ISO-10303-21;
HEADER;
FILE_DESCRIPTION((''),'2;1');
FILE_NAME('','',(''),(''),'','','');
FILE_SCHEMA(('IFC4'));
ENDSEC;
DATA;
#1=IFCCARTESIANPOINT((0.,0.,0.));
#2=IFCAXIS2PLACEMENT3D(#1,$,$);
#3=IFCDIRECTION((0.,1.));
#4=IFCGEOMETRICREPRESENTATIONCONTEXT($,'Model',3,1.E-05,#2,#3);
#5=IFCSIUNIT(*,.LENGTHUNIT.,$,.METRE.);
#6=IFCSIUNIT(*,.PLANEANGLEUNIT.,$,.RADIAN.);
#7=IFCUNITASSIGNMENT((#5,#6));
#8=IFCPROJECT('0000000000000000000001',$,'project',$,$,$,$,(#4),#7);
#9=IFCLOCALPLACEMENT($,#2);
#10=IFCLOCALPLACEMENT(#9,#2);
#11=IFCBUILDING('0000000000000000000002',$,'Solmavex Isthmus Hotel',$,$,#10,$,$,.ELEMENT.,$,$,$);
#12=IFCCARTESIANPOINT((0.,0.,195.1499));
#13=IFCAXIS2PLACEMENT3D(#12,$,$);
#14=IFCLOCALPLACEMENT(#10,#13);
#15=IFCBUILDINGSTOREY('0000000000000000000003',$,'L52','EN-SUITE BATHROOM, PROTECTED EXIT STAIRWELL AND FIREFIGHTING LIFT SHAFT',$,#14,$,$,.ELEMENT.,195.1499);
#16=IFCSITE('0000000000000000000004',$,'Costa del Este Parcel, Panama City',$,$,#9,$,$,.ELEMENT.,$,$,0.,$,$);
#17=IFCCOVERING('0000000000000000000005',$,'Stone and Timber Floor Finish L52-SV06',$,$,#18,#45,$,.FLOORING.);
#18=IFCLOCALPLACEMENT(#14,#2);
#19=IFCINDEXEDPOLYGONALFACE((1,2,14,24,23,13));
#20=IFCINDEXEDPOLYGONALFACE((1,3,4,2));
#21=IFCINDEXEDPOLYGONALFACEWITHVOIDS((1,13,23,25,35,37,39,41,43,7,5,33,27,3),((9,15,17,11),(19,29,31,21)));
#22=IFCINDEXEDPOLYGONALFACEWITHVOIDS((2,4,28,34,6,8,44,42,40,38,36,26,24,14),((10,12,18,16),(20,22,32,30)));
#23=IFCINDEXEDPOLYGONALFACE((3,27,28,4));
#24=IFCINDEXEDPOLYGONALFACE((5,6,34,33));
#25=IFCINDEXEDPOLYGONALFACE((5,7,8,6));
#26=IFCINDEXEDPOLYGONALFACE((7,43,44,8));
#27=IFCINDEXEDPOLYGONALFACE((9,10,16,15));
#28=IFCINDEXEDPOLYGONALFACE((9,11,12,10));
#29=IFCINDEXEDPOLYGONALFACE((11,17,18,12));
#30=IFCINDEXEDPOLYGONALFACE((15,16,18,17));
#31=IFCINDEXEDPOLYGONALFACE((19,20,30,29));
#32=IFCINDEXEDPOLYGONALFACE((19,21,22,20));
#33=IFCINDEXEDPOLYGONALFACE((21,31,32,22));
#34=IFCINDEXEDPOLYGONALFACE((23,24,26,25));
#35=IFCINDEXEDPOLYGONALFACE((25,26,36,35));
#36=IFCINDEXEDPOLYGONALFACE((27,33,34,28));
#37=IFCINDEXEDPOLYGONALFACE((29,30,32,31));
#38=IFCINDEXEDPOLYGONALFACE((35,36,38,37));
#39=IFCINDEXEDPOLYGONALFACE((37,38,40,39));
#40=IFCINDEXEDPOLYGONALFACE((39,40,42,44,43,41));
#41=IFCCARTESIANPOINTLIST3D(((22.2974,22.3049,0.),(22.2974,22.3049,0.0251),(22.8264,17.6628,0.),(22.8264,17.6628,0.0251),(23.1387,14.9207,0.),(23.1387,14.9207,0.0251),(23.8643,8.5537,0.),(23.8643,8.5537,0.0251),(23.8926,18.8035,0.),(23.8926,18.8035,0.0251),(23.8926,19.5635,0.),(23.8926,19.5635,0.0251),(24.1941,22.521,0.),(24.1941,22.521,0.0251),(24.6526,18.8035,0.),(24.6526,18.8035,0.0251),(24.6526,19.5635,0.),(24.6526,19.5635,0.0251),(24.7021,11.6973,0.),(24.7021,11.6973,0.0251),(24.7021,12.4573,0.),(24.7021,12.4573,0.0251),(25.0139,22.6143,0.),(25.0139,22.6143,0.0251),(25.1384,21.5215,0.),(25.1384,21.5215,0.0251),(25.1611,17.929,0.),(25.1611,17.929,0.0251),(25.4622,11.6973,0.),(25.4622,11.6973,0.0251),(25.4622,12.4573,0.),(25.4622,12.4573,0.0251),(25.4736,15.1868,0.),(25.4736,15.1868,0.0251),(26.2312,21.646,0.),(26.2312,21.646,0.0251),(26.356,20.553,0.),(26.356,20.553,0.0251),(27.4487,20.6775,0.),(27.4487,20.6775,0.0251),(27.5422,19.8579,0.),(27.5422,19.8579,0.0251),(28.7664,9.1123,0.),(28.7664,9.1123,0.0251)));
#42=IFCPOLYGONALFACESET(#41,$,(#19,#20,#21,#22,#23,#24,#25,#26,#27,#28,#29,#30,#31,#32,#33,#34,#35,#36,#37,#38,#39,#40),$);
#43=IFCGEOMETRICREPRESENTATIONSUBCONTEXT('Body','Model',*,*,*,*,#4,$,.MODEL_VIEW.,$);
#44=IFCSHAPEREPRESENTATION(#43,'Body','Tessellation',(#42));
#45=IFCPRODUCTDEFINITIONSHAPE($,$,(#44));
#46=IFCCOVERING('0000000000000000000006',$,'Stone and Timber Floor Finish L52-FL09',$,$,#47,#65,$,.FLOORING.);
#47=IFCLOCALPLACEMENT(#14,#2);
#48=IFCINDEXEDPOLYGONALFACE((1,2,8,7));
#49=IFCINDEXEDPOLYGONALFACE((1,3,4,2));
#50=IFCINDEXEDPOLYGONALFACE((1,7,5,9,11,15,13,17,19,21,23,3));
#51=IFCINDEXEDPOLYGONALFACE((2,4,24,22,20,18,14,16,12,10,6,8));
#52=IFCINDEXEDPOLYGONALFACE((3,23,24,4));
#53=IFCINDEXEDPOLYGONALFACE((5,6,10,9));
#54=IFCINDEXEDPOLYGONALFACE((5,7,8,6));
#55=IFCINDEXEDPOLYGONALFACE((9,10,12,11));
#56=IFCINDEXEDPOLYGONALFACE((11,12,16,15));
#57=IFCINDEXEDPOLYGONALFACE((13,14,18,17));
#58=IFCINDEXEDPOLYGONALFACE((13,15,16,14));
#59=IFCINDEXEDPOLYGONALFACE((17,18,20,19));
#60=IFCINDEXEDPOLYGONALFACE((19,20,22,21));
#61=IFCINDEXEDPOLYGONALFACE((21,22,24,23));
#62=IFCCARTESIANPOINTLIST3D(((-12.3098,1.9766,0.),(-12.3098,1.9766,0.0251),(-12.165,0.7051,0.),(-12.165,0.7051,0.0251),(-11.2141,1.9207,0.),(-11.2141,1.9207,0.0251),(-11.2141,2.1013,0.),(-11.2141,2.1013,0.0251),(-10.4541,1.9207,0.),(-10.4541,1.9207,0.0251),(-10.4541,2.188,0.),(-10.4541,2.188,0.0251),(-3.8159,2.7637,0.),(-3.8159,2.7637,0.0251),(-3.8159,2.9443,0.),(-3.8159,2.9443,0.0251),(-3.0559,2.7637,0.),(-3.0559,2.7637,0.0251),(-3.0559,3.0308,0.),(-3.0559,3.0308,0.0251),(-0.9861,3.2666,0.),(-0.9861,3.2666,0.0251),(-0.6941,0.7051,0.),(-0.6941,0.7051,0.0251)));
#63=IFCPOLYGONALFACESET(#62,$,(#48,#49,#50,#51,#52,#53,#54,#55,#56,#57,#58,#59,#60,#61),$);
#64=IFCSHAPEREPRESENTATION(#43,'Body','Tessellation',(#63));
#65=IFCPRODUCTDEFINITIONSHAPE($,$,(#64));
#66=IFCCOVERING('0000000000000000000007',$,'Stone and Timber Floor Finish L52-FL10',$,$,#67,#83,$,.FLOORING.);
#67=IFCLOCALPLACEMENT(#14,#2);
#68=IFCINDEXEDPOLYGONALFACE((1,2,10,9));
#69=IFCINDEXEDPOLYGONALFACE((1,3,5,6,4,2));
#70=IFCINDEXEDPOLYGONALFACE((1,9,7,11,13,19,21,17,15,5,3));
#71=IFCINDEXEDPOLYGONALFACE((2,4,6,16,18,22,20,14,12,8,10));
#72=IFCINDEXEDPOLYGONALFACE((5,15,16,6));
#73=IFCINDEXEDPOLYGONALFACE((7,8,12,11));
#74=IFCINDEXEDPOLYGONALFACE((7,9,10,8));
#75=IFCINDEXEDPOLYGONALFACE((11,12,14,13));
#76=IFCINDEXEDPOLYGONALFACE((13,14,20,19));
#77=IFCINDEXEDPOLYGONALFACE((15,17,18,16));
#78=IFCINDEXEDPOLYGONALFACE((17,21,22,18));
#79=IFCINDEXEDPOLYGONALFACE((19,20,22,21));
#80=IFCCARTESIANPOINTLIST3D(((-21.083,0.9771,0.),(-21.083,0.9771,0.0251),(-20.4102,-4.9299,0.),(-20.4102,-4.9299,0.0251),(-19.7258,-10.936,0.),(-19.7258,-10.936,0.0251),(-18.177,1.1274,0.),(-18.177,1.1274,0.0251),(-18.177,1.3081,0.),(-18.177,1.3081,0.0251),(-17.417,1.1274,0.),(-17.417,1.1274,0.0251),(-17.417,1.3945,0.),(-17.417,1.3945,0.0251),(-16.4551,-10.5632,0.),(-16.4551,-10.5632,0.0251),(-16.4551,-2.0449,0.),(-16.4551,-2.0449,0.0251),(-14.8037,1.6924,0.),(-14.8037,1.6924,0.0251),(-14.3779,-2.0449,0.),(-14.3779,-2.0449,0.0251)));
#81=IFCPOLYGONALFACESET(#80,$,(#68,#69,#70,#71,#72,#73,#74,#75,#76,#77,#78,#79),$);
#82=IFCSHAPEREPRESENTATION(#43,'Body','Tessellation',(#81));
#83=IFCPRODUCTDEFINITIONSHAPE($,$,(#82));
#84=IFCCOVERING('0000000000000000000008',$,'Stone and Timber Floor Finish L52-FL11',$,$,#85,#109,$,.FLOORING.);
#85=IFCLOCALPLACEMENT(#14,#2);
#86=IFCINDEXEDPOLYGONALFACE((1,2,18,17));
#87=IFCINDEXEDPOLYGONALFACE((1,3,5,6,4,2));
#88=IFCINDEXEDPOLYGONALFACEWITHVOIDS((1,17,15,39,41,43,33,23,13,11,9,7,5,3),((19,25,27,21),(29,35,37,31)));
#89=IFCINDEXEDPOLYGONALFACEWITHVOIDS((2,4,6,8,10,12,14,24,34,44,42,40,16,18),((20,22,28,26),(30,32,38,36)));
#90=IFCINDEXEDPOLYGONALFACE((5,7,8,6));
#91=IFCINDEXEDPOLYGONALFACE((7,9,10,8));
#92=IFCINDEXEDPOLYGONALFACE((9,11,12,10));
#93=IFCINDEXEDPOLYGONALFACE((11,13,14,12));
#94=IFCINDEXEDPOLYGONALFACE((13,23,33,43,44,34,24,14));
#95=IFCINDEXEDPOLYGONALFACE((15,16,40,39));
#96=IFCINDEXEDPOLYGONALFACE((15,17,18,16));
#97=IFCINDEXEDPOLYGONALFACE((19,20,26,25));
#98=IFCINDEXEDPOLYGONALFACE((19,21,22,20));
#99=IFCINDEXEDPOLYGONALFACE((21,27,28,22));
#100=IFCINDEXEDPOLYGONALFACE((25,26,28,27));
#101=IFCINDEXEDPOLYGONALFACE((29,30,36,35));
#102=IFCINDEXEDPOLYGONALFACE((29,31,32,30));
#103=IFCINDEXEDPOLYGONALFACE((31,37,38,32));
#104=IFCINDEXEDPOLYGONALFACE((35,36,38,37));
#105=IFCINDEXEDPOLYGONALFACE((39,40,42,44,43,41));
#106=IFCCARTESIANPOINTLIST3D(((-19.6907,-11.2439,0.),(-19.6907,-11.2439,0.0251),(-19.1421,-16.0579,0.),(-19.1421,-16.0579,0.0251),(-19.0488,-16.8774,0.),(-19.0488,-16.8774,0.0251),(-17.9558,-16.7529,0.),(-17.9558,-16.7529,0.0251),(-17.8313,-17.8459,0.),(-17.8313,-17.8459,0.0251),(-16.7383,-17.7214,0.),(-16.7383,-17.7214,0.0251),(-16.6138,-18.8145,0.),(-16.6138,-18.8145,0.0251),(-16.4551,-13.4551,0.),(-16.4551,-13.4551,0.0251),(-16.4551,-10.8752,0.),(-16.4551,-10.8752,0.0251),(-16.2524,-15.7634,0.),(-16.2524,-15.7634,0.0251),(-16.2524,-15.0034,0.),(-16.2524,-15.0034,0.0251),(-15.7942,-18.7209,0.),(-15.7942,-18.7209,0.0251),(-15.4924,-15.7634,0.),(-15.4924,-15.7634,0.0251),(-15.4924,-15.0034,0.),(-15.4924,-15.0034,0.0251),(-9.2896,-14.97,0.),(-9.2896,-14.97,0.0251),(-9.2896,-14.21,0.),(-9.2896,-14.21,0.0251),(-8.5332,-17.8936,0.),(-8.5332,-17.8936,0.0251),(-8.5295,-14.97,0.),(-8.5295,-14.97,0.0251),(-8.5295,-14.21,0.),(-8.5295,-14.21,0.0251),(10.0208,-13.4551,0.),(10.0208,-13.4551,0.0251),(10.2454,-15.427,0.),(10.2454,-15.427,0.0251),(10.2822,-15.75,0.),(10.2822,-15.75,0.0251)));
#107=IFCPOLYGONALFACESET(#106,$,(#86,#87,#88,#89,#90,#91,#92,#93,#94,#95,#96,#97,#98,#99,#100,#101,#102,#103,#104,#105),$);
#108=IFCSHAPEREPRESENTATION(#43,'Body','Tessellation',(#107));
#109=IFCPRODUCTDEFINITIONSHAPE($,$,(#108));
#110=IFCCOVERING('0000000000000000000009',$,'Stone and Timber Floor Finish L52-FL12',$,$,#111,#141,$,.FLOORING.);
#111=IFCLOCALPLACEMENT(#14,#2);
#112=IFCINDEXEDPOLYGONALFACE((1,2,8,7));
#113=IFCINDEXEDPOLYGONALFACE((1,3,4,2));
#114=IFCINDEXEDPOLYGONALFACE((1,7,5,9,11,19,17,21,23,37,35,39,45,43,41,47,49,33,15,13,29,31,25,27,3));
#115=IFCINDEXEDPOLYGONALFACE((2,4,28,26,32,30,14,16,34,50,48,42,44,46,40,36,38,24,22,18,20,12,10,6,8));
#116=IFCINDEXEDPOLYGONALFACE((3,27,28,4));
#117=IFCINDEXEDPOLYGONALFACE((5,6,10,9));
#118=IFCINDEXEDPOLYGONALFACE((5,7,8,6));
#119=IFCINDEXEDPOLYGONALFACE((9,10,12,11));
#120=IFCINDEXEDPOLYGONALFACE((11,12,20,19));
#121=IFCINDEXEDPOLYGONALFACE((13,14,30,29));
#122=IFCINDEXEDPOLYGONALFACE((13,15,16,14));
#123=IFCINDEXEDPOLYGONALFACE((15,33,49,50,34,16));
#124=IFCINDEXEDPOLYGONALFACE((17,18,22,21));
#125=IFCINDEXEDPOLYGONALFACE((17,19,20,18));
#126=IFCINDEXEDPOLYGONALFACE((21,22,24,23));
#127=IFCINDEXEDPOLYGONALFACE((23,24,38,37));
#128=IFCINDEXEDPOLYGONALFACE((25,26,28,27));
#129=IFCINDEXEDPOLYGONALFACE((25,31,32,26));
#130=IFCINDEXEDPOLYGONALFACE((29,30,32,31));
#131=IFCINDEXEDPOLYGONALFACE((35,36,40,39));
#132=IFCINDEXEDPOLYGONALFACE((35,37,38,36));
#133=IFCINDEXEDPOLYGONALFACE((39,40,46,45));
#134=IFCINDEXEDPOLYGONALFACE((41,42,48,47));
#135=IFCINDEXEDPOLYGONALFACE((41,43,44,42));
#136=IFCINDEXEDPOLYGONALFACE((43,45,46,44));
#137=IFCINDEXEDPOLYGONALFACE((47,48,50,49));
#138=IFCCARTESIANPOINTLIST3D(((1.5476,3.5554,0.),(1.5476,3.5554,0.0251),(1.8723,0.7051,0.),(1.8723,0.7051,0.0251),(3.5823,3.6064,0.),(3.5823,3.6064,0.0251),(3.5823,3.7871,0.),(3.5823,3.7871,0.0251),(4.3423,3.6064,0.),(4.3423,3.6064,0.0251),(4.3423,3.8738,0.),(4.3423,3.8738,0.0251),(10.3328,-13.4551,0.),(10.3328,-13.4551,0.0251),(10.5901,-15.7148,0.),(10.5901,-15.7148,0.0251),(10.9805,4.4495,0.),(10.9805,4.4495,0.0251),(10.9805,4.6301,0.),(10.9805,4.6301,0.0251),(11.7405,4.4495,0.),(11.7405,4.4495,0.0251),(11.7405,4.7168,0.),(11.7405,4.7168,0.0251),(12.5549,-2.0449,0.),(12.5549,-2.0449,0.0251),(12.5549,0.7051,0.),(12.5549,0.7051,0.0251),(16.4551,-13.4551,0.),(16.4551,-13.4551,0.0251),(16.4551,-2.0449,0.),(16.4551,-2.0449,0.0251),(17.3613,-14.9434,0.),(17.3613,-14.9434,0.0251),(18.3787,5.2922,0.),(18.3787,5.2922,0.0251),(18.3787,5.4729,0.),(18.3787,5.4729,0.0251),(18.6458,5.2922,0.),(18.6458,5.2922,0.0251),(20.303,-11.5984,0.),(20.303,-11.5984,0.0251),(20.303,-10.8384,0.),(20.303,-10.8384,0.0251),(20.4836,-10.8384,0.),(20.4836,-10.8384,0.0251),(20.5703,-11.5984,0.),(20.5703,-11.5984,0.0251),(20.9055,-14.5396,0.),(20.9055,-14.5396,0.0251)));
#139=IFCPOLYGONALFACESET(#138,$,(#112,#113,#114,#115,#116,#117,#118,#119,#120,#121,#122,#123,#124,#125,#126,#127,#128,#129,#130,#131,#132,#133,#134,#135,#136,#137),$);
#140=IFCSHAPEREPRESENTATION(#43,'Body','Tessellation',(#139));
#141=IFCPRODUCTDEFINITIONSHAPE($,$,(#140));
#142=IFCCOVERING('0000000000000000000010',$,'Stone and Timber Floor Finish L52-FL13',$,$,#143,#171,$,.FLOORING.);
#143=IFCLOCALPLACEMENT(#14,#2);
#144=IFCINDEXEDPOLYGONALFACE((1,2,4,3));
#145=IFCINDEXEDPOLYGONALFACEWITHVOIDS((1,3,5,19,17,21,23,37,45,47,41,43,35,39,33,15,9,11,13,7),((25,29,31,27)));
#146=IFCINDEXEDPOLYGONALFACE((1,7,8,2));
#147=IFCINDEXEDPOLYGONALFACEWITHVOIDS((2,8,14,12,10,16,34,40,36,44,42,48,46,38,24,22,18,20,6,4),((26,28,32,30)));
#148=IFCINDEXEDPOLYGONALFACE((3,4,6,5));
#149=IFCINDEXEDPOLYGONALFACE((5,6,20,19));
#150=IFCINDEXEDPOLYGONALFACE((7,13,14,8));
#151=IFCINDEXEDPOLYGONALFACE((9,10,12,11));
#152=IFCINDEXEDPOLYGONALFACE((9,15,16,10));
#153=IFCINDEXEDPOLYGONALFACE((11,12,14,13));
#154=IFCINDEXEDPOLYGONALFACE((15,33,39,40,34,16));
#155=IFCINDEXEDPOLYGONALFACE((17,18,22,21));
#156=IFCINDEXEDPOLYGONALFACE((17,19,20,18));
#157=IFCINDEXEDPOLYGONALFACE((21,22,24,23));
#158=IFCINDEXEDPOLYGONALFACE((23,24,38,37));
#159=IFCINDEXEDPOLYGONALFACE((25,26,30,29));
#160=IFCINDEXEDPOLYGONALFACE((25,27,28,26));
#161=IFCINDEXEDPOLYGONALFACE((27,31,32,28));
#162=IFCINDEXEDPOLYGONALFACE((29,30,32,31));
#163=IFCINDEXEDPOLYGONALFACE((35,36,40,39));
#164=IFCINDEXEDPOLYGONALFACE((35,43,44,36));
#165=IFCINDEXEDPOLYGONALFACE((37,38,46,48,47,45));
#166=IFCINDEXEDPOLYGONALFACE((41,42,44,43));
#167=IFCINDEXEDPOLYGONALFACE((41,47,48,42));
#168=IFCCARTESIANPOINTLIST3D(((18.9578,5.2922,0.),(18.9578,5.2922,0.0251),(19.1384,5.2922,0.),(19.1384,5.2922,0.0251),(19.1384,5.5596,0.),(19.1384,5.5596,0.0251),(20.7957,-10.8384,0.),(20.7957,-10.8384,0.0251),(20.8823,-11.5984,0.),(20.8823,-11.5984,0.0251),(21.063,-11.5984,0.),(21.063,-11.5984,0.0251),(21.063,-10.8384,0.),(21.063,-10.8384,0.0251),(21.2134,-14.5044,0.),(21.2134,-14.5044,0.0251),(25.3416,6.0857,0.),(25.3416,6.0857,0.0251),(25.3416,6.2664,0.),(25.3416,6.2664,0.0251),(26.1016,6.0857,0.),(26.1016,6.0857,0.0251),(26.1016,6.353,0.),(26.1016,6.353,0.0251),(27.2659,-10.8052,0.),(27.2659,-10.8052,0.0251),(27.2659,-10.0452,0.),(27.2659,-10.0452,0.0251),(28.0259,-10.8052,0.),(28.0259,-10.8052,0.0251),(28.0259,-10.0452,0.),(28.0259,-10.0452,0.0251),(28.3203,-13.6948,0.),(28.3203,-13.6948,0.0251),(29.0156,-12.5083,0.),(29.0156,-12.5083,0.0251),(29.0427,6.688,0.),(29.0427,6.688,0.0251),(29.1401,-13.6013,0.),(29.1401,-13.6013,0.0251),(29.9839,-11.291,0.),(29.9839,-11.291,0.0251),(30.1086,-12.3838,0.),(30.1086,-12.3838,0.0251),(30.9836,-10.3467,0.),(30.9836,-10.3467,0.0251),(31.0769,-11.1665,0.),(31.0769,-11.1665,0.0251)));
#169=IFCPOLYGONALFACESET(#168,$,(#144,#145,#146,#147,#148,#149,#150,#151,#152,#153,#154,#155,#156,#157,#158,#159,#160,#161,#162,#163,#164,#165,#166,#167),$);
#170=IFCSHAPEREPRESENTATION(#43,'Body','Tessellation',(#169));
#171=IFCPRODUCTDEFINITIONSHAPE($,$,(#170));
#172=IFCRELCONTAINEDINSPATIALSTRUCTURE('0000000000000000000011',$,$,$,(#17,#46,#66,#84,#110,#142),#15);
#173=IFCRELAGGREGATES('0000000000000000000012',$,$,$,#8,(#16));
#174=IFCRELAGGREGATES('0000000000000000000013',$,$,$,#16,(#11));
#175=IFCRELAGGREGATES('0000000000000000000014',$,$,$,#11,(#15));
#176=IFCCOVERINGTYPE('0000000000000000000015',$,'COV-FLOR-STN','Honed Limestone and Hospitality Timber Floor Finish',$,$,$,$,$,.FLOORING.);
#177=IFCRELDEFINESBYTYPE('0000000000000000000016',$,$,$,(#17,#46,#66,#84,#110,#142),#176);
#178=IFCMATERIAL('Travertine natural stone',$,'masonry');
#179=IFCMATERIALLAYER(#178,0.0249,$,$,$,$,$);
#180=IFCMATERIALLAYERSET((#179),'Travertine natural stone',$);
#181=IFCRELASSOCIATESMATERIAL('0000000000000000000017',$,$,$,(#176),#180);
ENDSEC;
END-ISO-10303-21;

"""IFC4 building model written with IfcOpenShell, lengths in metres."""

from ifc_helpers import new_model, si_unit, direction, frame, origin, place, context, subcontext, project, spatial, polyline, outline, extrude, material, layer, layer_set, type_object, element, save


model = new_model("IFC4")

# Units and contexts
model_context = context("Model", 3, precision=1e-05, world=origin(), true_north=direction((0.0, 1.0)))
body_context = subcontext(model_context, "Body", "Model", "MODEL_VIEW")
ifc_project = project(units=[si_unit("LENGTHUNIT", "METRE"), si_unit("PLANEANGLEUNIT", "RADIAN")], contexts=[model_context])

# Site, building, storey
site_placement = place(None, origin())
site = spatial("IfcSite", under=ifc_project, at=site_placement, Name="Costa del Este Parcel, Panama City", CompositionType="ELEMENT", RefElevation=0.0)
building_placement = place(site_placement, origin())
building = spatial("IfcBuilding", under=site, at=building_placement, Name="Solmavex Isthmus Hotel", CompositionType="ELEMENT")
storey_placement = place(building_placement, frame((0.0, 0.0, 195.1499)))
storey = spatial("IfcBuildingStorey", under=building, at=storey_placement, Name="L52", Description="EN-SUITE BATHROOM, PROTECTED EXIT STAIRWELL AND FIREFIGHTING LIFT SHAFT", CompositionType="ELEMENT", Elevation=195.1499)

# Coverings
ifc_material_1 = material(Name="Travertine natural stone", Category="masonry")
ifc_layer_1 = layer(ifc_material_1, 0.0249)
ifc_layer_set_1 = layer_set([ifc_layer_1], Name="Travertine natural stone")
covering_type_1 = type_object("IfcCoveringType", Name="COV-FLOR-STN", Description="Honed Limestone and Hospitality Timber Floor Finish", PredefinedType="FLOORING", material=ifc_layer_set_1)
covering_1_placement = place(storey_placement, origin())
element("IfcCovering", 1, at=covering_1_placement, inside=storey, type_object=covering_type_1, Name="Stone and Timber Floor Finish L52-SV06", PredefinedType="FLOORING", context=body_context, shape_type="SweptSolid", body=[
    extrude(outline(polyline([(25.1384, 21.5215), (25.0139, 22.6143), (24.1941, 22.521), (22.2974, 22.3049), (22.8264, 17.6628), (25.1611, 17.929), (25.4736, 15.1868), (23.1387, 14.9207), (23.8643, 8.5537), (28.7664, 9.1123), (27.5422, 19.8579), (27.4487, 20.6775), (26.356, 20.553), (26.2312, 21.646), (25.1384, 21.5215)]), holes=[polyline([(24.7021, 11.6973), (24.7021, 12.4573), (25.4622, 12.4573), (25.4622, 11.6973), (24.7021, 11.6973)]), polyline([(23.8926, 19.5635), (24.6526, 19.5635), (24.6526, 18.8035), (23.8926, 18.8035), (23.8926, 19.5635)])]), origin(), (0.0, 0.0, 1.0), 0.0251),
])
covering_2_placement = place(storey_placement, origin())
element("IfcCovering", 2, at=covering_2_placement, inside=storey, type_object=covering_type_1, Name="Stone and Timber Floor Finish L52-FL09", PredefinedType="FLOORING", context=body_context, shape_type="SweptSolid", body=[
    extrude(outline(polyline([(-10.4541, 2.188), (-10.4541, 1.9207), (-11.2141, 1.9207), (-11.2141, 2.1013), (-12.3098, 1.9766), (-12.165, 0.7051), (-0.6941, 0.7051), (-0.9861, 3.2666), (-3.0559, 3.0308), (-3.0559, 2.7637), (-3.8159, 2.7637), (-3.8159, 2.9443), (-10.4541, 2.188)])), origin(), (0.0, 0.0, 1.0), 0.0251),
])
covering_3_placement = place(storey_placement, origin())
element("IfcCovering", 3, at=covering_3_placement, inside=storey, type_object=covering_type_1, Name="Stone and Timber Floor Finish L52-FL10", PredefinedType="FLOORING", context=body_context, shape_type="SweptSolid", body=[
    extrude(outline(polyline([(-17.417, 1.3945), (-17.417, 1.1274), (-18.177, 1.1274), (-18.177, 1.3081), (-21.083, 0.9771), (-20.4102, -4.9299), (-19.7258, -10.936), (-16.4551, -10.5632), (-16.4551, -2.0449), (-14.3779, -2.0449), (-14.8037, 1.6924), (-17.417, 1.3945)])), origin(), (0.0, 0.0, 1.0), 0.0251),
])
covering_4_placement = place(storey_placement, origin())
element("IfcCovering", 4, at=covering_4_placement, inside=storey, type_object=covering_type_1, Name="Stone and Timber Floor Finish L52-FL11", PredefinedType="FLOORING", context=body_context, shape_type="SweptSolid", body=[
    extrude(outline(polyline([(-8.5332, -17.8936), (10.2822, -15.75), (10.2454, -15.427), (10.0208, -13.4551), (-16.4551, -13.4551), (-16.4551, -10.8752), (-19.6907, -11.2439), (-19.1421, -16.0579), (-19.0488, -16.8774), (-17.9558, -16.7529), (-17.8313, -17.8459), (-16.7383, -17.7214), (-16.6138, -18.8145), (-15.7942, -18.7209), (-8.5332, -17.8936)]), holes=[polyline([(-9.2896, -14.97), (-9.2896, -14.21), (-8.5295, -14.21), (-8.5295, -14.97), (-9.2896, -14.97)]), polyline([(-16.2524, -15.7634), (-16.2524, -15.0034), (-15.4924, -15.0034), (-15.4924, -15.7634), (-16.2524, -15.7634)])]), origin(), (0.0, 0.0, 1.0), 0.0251),
])
covering_5_placement = place(storey_placement, origin())
element("IfcCovering", 5, at=covering_5_placement, inside=storey, type_object=covering_type_1, Name="Stone and Timber Floor Finish L52-FL12", PredefinedType="FLOORING", context=body_context, shape_type="SweptSolid", body=[
    extrude(outline(polyline([(4.3423, 3.8738), (4.3423, 3.6064), (3.5823, 3.6064), (3.5823, 3.7871), (1.5476, 3.5554), (1.8723, 0.7051), (12.5549, 0.7051), (12.5549, -2.0449), (16.4551, -2.0449), (16.4551, -13.4551), (10.3328, -13.4551), (10.5901, -15.7148), (17.3613, -14.9434), (20.9055, -14.5396), (20.5703, -11.5984), (20.303, -11.5984), (20.303, -10.8384), (20.4836, -10.8384), (18.6458, 5.2922), (18.3787, 5.2922), (18.3787, 5.4729), (11.7405, 4.7168), (11.7405, 4.4495), (10.9805, 4.4495), (10.9805, 4.6301), (4.3423, 3.8738)])), origin(), (0.0, 0.0, 1.0), 0.0251),
])
covering_6_placement = place(storey_placement, origin())
element("IfcCovering", 6, at=covering_6_placement, inside=storey, type_object=covering_type_1, Name="Stone and Timber Floor Finish L52-FL13", PredefinedType="FLOORING", context=body_context, shape_type="SweptSolid", body=[
    extrude(outline(polyline([(20.7957, -10.8384), (21.063, -10.8384), (21.063, -11.5984), (20.8823, -11.5984), (21.2134, -14.5044), (28.3203, -13.6948), (29.1401, -13.6013), (29.0156, -12.5083), (30.1086, -12.3838), (29.9839, -11.291), (31.0769, -11.1665), (30.9836, -10.3467), (29.0427, 6.688), (26.1016, 6.353), (26.1016, 6.0857), (25.3416, 6.0857), (25.3416, 6.2664), (19.1384, 5.5596), (19.1384, 5.2922), (18.9578, 5.2922), (20.7957, -10.8384)]), holes=[polyline([(27.2659, -10.8052), (27.2659, -10.0452), (28.0259, -10.0452), (28.0259, -10.8052), (27.2659, -10.8052)])]), origin(), (0.0, 0.0, 1.0), 0.0251),
])

save(model, "model.ifc")
